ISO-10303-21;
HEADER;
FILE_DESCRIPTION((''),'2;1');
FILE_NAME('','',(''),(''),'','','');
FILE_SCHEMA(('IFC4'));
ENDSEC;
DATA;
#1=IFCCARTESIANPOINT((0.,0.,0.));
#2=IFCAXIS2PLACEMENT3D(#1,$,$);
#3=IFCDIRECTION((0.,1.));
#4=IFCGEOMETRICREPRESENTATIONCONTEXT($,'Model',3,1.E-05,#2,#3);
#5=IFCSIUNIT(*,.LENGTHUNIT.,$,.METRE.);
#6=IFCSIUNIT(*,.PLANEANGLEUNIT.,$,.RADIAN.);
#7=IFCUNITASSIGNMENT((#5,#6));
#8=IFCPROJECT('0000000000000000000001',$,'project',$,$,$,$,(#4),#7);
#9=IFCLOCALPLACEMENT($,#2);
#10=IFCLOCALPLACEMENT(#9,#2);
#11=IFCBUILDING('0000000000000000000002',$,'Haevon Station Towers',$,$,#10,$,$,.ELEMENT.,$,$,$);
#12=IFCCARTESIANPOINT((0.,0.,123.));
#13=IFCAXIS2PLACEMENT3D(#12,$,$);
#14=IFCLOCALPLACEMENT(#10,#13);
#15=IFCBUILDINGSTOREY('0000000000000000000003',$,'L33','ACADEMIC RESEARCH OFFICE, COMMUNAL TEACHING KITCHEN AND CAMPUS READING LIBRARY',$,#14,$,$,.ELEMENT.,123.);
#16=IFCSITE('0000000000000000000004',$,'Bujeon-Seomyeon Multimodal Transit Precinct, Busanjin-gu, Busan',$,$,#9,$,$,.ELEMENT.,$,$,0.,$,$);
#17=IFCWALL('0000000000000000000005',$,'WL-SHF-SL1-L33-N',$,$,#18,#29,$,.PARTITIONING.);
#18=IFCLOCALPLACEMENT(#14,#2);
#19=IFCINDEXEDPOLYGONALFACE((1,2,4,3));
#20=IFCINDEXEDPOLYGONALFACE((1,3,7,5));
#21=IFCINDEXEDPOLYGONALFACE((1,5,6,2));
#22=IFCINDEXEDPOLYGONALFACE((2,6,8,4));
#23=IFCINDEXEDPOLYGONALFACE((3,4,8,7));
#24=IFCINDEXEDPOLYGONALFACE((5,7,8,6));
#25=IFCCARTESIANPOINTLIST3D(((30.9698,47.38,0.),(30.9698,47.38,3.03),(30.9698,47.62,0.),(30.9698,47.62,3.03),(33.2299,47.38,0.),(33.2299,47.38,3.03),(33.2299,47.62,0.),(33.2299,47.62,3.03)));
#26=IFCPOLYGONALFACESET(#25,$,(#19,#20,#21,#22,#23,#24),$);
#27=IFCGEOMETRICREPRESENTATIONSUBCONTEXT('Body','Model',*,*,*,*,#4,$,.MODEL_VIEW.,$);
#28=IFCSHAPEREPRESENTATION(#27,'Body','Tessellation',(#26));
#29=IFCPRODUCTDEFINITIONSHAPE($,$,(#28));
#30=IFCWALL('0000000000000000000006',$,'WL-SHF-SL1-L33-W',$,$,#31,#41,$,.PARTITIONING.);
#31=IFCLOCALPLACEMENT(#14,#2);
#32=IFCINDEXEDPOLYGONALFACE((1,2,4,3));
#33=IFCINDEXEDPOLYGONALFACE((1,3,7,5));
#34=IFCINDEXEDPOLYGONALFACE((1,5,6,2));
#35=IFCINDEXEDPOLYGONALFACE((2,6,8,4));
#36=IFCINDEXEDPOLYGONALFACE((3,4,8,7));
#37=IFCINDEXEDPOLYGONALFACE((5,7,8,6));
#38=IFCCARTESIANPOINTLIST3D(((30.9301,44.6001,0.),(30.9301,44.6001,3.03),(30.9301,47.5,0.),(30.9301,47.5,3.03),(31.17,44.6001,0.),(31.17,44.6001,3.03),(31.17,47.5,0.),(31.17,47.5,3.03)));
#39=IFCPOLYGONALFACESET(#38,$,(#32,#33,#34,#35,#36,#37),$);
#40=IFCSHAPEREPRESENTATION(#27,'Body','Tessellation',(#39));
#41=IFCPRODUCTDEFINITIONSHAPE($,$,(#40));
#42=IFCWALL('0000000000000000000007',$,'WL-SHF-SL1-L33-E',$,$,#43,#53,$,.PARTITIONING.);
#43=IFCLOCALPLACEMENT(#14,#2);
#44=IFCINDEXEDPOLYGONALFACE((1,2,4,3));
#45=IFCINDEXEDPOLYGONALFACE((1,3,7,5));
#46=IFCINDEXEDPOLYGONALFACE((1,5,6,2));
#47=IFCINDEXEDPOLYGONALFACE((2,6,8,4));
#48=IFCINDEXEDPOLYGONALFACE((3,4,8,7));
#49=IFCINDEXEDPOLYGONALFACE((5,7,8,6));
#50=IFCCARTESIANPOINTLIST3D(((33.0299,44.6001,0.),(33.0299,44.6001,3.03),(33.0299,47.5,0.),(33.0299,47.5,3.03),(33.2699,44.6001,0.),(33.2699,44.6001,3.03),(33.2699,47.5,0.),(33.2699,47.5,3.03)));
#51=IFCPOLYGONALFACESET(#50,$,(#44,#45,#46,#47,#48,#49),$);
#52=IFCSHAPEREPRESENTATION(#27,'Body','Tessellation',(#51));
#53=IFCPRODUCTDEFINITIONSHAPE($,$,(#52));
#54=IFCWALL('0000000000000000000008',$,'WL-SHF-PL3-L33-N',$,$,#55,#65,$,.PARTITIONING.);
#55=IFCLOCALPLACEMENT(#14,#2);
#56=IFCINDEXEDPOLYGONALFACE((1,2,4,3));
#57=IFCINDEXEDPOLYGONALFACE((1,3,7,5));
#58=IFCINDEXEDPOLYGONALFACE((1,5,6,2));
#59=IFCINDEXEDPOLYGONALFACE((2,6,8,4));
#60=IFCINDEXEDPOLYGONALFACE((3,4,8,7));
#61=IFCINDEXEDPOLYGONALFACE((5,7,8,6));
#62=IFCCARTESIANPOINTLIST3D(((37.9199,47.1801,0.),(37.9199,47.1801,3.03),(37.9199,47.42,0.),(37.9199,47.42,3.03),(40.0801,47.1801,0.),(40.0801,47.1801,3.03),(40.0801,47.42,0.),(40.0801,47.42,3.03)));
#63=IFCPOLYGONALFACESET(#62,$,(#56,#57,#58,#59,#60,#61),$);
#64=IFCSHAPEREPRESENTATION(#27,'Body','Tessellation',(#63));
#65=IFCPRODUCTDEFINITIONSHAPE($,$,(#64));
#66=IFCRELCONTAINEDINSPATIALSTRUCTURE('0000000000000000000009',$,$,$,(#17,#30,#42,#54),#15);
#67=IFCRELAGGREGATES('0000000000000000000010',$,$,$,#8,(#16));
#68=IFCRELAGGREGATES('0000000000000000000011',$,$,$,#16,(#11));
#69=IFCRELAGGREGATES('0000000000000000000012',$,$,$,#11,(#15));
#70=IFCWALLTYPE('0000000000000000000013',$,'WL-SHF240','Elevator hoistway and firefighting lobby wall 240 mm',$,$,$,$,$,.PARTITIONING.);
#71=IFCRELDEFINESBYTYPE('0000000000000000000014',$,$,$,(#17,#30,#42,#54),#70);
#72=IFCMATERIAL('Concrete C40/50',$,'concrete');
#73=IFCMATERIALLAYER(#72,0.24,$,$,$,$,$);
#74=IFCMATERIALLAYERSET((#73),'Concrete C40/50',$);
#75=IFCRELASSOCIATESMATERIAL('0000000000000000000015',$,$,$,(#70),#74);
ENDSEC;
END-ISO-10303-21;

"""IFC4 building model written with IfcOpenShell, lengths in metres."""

from ifc_helpers import new_model, si_unit, direction, frame, frame_2d, origin, place, context, subcontext, project, spatial, rectangle, extrude, material, layer, layer_set, type_object, element, save


model = new_model("IFC4")

# Units and contexts
model_context = context("Model", 3, precision=1e-05, world=origin(), true_north=direction((0.0, 1.0)))
body_context = subcontext(model_context, "Body", "Model", "MODEL_VIEW")
ifc_project = project(units=[si_unit("LENGTHUNIT", "METRE"), si_unit("PLANEANGLEUNIT", "RADIAN")], contexts=[model_context])

# Site, building, storey
site_placement = place(None, origin())
site = spatial("IfcSite", under=ifc_project, at=site_placement, Name="Bujeon-Seomyeon Multimodal Transit Precinct, Busanjin-gu, Busan", CompositionType="ELEMENT", RefElevation=0.0)
building_placement = place(site_placement, origin())
building = spatial("IfcBuilding", under=site, at=building_placement, Name="Haevon Station Towers", CompositionType="ELEMENT")
storey_placement = place(building_placement, frame((0.0, 0.0, 123.0)))
storey = spatial("IfcBuildingStorey", under=building, at=storey_placement, Name="L33", Description="ACADEMIC RESEARCH OFFICE, COMMUNAL TEACHING KITCHEN AND CAMPUS READING LIBRARY", CompositionType="ELEMENT", Elevation=123.0)

# Shared definitions
ifc_material_1 = material(Name="Concrete C40/50", Category="concrete")
ifc_layer_1 = layer(ifc_material_1, 0.24)
ifc_layer_set_1 = layer_set([ifc_layer_1], Name="Concrete C40/50")
wall_type_1 = type_object("IfcWallType", Name="WL-SHF240", Description="Elevator hoistway and firefighting lobby wall 240 mm", PredefinedType="PARTITIONING", material=ifc_layer_set_1)

# Walls
wall_1_placement = place(storey_placement, frame((30.97, 47.5, 0.0), z_axis=(0.0, 0.0, 1.0), x_axis=(1.0, 0.0, 0.0)))
element("IfcWall", 1, at=wall_1_placement, inside=storey, type_object=wall_type_1, Name="WL-SHF-SL1-L33-N", PredefinedType="PARTITIONING", context=body_context, shape_type="SweptSolid", body=[
    extrude(rectangle(XDim=2.26, YDim=0.24, at=frame_2d((1.1299, 0.0))), origin(), (0.0, 0.0, 1.0), 3.03),
])
for number, where, z_axis, x_axis, name in (
    (2, (31.05, 44.6001, 0.0), (0.0, 0.0, 1.0), (0.0, 1.0, 0.0), "WL-SHF-SL1-L33-W"),
    (3, (33.1499, 44.6001, 0.0), (0.0, 0.0, 1.0), (0.0, 1.0, 0.0), "WL-SHF-SL1-L33-E"),
):
    element("IfcWall", number, at=place(storey_placement, frame(where, z_axis=z_axis, x_axis=x_axis)), inside=storey, type_object=wall_type_1, Name=name, PredefinedType="PARTITIONING", context=body_context, shape_type="SweptSolid", body=[
        extrude(rectangle(XDim=2.8999, YDim=0.24, at=frame_2d((1.45, 0.0))), origin(), (0.0, 0.0, 1.0), 3.03),
    ])

# Wall
wall_2_placement = place(storey_placement, frame((37.9199, 47.3, 0.0), z_axis=(0.0, 0.0, 1.0), x_axis=(1.0, 0.0, 0.0)))
element("IfcWall", 4, at=wall_2_placement, inside=storey, type_object=wall_type_1, Name="WL-SHF-PL3-L33-N", PredefinedType="PARTITIONING", context=body_context, shape_type="SweptSolid", body=[
    extrude(rectangle(XDim=2.1602, YDim=0.24, at=frame_2d((1.0801, 0.0))), origin(), (0.0, 0.0, 1.0), 3.03),
])

save(model, "model.ifc")
